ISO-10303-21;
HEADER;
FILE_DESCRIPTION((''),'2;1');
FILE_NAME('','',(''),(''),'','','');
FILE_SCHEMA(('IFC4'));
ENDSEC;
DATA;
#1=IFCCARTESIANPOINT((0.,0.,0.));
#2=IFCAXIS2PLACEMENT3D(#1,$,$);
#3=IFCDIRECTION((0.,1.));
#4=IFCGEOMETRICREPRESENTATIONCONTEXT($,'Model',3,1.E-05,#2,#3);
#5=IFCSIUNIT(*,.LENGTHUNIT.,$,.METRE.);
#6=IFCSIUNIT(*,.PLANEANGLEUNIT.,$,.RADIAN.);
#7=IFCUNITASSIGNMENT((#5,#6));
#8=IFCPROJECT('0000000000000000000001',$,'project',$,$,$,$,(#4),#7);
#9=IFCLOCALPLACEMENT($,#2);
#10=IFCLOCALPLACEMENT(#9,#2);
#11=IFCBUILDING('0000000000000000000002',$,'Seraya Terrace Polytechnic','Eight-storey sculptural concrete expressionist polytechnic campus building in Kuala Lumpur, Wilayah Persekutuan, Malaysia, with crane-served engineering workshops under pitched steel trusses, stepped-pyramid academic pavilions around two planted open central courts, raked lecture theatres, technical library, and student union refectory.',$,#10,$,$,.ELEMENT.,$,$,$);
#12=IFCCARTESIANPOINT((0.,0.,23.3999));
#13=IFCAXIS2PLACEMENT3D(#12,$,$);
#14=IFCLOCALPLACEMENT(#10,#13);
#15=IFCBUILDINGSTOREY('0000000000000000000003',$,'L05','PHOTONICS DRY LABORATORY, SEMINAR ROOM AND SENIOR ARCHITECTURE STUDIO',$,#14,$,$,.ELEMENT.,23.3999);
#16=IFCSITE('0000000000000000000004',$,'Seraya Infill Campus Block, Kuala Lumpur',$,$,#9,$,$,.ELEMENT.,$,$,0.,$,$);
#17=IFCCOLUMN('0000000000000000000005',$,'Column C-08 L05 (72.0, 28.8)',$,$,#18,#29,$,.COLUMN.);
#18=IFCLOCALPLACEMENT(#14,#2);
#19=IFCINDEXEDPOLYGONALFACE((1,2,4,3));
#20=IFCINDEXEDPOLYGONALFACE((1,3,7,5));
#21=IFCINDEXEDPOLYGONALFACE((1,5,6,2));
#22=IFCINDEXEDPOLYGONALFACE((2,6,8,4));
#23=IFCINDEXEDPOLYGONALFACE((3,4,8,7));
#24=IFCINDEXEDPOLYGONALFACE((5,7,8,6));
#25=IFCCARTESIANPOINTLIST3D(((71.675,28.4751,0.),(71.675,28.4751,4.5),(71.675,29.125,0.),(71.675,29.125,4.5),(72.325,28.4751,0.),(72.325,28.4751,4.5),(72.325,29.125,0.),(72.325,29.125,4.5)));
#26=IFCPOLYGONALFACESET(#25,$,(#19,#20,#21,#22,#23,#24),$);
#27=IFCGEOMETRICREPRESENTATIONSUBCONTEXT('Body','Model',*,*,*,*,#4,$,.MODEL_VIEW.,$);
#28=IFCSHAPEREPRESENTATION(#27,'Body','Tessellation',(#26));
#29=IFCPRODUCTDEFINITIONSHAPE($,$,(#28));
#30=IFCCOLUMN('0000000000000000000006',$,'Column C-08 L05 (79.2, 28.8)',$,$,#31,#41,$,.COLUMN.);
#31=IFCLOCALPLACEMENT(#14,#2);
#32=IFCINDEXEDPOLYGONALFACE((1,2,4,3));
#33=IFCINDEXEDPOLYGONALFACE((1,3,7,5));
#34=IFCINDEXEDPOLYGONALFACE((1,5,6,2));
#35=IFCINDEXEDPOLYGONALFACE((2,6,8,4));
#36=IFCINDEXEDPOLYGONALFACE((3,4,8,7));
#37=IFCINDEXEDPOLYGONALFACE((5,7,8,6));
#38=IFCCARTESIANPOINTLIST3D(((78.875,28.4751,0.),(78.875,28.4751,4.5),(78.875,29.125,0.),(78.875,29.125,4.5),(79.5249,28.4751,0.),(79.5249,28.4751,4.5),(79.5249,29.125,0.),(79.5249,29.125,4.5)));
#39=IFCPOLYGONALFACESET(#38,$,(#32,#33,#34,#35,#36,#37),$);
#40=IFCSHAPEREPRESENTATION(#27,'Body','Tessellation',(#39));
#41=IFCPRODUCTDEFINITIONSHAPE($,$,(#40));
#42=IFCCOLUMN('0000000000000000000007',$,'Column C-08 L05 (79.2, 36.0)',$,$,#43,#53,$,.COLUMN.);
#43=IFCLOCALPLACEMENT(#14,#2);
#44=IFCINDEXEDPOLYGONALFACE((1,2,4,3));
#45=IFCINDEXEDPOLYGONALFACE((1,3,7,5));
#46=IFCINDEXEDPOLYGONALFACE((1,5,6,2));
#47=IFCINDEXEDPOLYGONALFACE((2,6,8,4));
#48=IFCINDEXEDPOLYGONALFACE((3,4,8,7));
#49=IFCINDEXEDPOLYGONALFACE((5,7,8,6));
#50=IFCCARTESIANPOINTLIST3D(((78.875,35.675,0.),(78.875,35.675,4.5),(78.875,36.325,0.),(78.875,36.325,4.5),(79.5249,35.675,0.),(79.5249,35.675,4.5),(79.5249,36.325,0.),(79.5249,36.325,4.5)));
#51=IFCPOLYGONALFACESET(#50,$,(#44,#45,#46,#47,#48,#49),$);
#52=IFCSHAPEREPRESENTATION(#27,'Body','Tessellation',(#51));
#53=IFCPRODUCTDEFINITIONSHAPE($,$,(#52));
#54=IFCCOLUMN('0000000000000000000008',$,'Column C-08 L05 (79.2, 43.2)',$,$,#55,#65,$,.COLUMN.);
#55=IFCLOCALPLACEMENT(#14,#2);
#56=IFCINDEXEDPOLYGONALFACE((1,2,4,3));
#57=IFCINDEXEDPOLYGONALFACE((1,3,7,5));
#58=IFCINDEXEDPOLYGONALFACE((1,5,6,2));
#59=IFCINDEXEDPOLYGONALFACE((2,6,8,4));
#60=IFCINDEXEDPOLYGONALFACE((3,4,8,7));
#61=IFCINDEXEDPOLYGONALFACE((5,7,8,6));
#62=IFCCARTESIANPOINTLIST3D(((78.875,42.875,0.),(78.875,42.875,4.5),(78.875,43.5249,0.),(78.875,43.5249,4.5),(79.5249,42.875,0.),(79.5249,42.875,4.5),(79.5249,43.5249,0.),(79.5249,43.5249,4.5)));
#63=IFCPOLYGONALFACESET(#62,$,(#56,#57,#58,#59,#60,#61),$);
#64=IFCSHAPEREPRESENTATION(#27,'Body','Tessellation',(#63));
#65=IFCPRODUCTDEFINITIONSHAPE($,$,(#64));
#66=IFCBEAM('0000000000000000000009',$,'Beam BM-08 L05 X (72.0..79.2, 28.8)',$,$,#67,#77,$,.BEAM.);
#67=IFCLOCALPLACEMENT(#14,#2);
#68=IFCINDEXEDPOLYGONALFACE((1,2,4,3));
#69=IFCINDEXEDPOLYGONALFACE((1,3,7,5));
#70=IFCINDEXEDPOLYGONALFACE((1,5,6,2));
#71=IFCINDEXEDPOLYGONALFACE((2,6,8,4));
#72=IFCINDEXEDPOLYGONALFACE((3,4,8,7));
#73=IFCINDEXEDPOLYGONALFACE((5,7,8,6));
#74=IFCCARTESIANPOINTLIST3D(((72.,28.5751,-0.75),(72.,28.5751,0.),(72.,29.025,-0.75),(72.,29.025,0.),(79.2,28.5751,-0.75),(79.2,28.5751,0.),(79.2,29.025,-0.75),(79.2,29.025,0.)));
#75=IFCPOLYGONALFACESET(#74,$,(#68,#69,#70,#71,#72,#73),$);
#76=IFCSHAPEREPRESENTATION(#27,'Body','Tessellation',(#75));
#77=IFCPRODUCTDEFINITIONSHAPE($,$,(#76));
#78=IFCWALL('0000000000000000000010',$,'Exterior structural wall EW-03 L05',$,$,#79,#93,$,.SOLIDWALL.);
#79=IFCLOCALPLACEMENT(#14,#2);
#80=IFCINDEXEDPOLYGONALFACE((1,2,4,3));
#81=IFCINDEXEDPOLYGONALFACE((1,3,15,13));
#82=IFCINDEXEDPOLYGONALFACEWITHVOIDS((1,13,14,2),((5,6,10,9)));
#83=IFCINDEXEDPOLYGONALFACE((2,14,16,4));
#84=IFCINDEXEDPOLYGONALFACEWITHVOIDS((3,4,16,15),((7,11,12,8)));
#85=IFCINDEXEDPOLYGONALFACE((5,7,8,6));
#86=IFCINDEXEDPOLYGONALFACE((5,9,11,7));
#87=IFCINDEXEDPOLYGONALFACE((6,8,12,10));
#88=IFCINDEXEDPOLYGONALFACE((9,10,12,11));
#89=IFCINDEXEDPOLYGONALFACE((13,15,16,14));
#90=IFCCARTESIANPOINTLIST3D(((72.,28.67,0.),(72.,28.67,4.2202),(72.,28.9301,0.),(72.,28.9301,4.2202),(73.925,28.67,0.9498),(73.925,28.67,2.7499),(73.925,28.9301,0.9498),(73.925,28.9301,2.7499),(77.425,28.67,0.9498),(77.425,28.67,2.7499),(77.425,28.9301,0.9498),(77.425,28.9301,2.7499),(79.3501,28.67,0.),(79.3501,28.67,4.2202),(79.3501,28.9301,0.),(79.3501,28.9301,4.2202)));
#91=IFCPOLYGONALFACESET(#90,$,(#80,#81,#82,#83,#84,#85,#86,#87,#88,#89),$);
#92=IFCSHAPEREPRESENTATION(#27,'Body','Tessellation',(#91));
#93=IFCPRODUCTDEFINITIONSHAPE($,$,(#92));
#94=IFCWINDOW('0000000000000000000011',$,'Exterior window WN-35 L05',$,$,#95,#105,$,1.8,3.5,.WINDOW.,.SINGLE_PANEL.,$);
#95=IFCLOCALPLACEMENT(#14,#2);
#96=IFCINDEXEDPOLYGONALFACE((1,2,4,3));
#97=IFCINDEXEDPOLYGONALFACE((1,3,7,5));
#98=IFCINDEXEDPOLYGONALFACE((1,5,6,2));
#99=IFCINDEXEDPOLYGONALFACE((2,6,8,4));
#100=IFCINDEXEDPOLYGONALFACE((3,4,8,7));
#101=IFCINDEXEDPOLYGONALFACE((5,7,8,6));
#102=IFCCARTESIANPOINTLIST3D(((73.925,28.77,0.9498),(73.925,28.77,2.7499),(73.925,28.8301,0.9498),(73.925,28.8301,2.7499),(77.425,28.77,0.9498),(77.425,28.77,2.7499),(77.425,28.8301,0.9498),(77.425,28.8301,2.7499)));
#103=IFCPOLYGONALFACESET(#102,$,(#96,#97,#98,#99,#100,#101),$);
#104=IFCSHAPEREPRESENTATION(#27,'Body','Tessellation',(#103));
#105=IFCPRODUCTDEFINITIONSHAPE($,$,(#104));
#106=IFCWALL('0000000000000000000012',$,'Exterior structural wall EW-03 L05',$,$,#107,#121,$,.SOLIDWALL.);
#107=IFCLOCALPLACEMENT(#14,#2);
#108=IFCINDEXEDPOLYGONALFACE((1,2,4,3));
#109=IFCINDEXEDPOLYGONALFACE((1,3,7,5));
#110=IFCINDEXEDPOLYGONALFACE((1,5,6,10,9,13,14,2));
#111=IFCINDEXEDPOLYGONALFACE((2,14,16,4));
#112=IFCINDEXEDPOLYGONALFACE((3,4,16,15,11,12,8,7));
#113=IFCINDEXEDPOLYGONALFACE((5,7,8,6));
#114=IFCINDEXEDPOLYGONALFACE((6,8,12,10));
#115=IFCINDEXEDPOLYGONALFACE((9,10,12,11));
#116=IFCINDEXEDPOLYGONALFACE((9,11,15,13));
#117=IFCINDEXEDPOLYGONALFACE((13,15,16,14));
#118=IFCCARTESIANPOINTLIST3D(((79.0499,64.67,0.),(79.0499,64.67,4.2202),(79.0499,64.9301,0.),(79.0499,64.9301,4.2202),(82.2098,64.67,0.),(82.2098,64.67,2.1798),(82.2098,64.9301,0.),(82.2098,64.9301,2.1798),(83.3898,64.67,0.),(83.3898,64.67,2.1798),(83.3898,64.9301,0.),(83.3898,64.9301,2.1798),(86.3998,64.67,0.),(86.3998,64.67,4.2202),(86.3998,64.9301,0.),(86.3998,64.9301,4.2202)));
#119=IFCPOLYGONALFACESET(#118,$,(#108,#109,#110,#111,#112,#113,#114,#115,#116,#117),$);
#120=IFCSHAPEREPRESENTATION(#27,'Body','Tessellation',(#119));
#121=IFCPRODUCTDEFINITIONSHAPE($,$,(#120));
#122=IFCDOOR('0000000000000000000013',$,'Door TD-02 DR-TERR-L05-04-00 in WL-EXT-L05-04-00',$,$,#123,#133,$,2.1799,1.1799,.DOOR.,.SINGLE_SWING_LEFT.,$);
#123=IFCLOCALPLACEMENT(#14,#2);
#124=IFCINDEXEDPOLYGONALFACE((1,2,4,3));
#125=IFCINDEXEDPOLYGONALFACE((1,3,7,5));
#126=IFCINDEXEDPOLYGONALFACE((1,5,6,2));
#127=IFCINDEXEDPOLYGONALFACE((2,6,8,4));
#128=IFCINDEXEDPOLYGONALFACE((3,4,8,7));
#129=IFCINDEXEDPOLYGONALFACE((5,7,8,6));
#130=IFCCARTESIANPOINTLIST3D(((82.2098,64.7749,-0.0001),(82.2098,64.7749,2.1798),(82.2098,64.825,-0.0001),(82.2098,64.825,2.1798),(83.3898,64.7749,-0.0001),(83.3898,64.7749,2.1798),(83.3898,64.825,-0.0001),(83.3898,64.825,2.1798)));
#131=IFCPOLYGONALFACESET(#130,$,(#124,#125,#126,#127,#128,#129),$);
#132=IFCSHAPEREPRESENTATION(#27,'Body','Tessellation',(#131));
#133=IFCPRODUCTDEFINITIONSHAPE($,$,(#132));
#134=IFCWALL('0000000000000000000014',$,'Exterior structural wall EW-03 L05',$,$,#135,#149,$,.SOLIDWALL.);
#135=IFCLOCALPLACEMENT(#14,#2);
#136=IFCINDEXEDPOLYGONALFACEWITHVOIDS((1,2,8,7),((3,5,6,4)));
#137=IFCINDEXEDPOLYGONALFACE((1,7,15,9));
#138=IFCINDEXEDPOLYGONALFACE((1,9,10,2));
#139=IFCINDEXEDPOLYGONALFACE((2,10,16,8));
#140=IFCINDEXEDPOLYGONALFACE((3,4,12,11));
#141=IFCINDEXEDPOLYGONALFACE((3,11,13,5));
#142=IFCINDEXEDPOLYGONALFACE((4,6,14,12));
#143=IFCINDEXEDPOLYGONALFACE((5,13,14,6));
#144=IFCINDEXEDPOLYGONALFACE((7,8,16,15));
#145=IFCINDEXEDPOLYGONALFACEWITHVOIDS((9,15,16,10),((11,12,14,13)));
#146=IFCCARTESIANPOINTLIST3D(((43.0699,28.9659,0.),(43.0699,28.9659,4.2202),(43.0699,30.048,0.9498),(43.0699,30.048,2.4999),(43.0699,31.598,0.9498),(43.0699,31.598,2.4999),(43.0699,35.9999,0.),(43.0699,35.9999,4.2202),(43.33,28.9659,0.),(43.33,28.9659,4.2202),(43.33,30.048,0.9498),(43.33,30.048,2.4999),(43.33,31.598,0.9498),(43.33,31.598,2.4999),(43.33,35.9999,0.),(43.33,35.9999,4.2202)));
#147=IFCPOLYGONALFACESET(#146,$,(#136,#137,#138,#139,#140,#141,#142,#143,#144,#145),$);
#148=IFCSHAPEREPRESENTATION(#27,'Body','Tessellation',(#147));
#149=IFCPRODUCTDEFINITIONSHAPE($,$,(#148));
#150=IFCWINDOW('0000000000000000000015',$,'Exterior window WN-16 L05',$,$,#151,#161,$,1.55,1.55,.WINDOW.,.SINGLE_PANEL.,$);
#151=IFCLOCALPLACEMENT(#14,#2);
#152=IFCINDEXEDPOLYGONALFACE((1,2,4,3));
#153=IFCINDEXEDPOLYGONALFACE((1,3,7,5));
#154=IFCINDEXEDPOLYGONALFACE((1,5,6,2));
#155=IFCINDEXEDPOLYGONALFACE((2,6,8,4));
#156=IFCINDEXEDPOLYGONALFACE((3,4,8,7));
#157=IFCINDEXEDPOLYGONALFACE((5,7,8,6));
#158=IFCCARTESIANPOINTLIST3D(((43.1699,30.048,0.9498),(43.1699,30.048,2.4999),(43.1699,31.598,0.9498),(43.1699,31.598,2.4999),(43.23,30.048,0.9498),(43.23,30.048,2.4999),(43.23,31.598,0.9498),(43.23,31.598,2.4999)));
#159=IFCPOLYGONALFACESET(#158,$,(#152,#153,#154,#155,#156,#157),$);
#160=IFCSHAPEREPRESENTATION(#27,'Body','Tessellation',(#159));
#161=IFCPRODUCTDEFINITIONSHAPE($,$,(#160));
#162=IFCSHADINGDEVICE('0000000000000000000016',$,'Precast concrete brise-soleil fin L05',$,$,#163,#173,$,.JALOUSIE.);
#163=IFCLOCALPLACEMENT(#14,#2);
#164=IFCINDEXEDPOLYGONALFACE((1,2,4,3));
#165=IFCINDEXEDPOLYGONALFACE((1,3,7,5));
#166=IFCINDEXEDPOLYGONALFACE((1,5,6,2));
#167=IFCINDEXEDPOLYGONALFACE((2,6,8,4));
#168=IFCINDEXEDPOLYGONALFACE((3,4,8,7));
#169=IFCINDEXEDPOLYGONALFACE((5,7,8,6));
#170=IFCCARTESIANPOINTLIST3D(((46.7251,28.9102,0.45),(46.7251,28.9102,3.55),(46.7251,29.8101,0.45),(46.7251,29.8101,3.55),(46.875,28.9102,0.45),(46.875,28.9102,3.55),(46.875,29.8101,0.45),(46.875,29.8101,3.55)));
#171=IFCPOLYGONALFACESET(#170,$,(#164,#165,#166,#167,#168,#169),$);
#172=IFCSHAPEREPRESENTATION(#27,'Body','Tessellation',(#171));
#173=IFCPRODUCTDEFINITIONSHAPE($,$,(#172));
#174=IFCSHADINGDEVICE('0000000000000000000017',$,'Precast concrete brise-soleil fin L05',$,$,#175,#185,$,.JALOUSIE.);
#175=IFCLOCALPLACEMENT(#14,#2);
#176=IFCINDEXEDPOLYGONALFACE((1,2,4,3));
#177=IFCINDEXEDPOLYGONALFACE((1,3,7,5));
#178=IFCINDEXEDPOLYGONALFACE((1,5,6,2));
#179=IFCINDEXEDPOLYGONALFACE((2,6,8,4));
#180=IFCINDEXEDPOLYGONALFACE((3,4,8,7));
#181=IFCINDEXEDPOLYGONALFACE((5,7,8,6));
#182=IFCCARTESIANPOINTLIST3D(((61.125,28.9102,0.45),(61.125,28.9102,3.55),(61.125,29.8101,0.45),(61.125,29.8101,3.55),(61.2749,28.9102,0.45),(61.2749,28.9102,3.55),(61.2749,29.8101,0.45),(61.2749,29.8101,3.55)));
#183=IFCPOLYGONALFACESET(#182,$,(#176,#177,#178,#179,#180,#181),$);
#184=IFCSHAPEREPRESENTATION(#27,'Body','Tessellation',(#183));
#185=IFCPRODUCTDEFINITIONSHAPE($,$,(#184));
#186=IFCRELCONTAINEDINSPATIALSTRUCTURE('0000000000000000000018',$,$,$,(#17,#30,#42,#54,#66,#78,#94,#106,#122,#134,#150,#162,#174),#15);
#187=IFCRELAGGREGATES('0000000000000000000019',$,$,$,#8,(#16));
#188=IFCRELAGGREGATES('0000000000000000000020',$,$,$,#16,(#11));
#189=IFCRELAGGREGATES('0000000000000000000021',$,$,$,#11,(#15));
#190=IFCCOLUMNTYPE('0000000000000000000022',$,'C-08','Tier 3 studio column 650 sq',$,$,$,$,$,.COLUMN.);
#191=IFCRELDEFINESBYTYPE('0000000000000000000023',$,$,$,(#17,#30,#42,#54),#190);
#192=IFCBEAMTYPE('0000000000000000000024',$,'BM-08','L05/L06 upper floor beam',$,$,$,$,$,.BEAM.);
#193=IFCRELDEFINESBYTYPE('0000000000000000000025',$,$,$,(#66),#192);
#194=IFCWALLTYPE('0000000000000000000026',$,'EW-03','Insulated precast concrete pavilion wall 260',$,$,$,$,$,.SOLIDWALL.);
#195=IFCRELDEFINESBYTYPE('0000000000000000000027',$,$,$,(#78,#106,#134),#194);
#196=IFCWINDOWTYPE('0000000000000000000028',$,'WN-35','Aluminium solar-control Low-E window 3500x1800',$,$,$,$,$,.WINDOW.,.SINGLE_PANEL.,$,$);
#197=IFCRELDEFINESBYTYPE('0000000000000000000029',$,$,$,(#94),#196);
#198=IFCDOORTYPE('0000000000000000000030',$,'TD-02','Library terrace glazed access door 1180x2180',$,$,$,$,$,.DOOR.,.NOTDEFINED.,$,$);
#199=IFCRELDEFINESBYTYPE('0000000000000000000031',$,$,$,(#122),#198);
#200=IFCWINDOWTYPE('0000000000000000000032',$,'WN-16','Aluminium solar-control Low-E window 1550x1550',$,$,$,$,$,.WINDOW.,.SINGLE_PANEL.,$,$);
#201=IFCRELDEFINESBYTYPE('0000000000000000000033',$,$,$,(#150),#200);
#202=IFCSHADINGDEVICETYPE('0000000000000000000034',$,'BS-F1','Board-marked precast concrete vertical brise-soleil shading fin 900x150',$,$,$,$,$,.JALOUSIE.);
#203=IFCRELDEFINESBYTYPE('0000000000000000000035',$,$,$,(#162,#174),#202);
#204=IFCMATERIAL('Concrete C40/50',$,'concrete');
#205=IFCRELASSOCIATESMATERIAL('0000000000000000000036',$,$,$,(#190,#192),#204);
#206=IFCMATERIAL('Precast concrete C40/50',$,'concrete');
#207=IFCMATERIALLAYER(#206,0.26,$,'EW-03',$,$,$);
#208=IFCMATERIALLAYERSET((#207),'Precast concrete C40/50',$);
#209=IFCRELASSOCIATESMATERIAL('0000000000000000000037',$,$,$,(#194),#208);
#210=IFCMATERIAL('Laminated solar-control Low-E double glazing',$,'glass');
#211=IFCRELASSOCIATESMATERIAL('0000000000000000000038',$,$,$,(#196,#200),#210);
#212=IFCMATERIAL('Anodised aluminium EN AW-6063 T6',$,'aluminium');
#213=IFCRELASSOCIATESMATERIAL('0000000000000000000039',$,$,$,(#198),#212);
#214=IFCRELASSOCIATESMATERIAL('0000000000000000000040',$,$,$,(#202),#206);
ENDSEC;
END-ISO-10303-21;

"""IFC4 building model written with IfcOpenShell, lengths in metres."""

from ifc_helpers import new_model, si_unit, direction, frame, frame_2d, origin, origin_2d, place, context, subcontext, project, spatial, rectangle, extrude, material, layer, layer_set, material_profile, profile_set, type_object, element, fill, save


model = new_model("IFC4")

# Units and contexts
model_context = context("Model", 3, precision=1e-05, world=origin(), true_north=direction((0.0, 1.0)))
body_context = subcontext(model_context, "Body", "Model", "MODEL_VIEW")
ifc_project = project(units=[si_unit("LENGTHUNIT", "METRE"), si_unit("PLANEANGLEUNIT", "RADIAN")], contexts=[model_context])

# Site, building, storey
site_placement = place(None, origin())
site = spatial("IfcSite", under=ifc_project, at=site_placement, Name="Seraya Infill Campus Block, Kuala Lumpur", CompositionType="ELEMENT", RefElevation=0.0)
building_placement = place(site_placement, origin())
building = spatial("IfcBuilding", under=site, at=building_placement, Name="Seraya Terrace Polytechnic", Description="Eight-storey sculptural concrete expressionist polytechnic campus building in Kuala Lumpur, Wilayah Persekutuan, Malaysia, with crane-served engineering workshops under pitched steel trusses, stepped-pyramid academic pavilions around two planted open central courts, raked lecture theatres, technical library, and student union refectory.", CompositionType="ELEMENT")
storey_placement = place(building_placement, frame((0.0, 0.0, 23.3999)))
storey = spatial("IfcBuildingStorey", under=building, at=storey_placement, Name="L05", Description="PHOTONICS DRY LABORATORY, SEMINAR ROOM AND SENIOR ARCHITECTURE STUDIO", CompositionType="ELEMENT", Elevation=23.3999)

# Columns
ifc_material_1 = material(Name="Concrete C40/50", Category="concrete")
ifc_material_profile_1 = material_profile(ifc_material_1, rectangle(XDim=0.6499, YDim=0.6499, at=origin_2d()), Name="RC 650x650")
ifc_profile_set_1 = profile_set([ifc_material_profile_1], Name="Concrete C40/50")
column_type = type_object("IfcColumnType", Name="C-08", Description="Tier 3 studio column 650 sq", PredefinedType="COLUMN", material=ifc_profile_set_1)
for number, where, z_axis, x_axis, name in (
    (1, (72.0, 28.8, 0.0), (0.0, 0.0, 1.0), (1.0, 0.0, 0.0), "Column C-08 L05 (72.0, 28.8)"),
    (2, (79.2, 28.8, 0.0), (0.0, 0.0, 1.0), (1.0, 0.0, 0.0), "Column C-08 L05 (79.2, 28.8)"),
    (3, (79.2, 36.0, 0.0), (0.0, 0.0, 1.0), (1.0, 0.0, 0.0), "Column C-08 L05 (79.2, 36.0)"),
    (4, (79.2, 43.2, 0.0), (0.0, 0.0, 1.0), (1.0, 0.0, 0.0), "Column C-08 L05 (79.2, 43.2)"),
):
    element("IfcColumn", number, at=place(storey_placement, frame(where, z_axis=z_axis, x_axis=x_axis)), inside=storey, type_object=column_type, Name=name, PredefinedType="COLUMN", context=body_context, shape_type="SweptSolid", body=[
        extrude(rectangle(XDim=0.6499, YDim=0.6499, at=origin_2d()), origin(), (0.0, 0.0, 1.0), 4.5),
    ])

# Beam
ifc_material_profile_2 = material_profile(ifc_material_1, rectangle(XDim=0.45, YDim=0.75, at=origin_2d()), Name="RC 450x750")
ifc_profile_set_2 = profile_set([ifc_material_profile_2], Name="Concrete C40/50")
beam_type = type_object("IfcBeamType", Name="BM-08", Description="L05/L06 upper floor beam", PredefinedType="BEAM", material=ifc_profile_set_2)
beam_placement = place(storey_placement, frame((72.0, 28.8, -0.375), z_axis=(1.0, 0.0, 0.0), x_axis=(0.0, 1.0, 0.0)))
element("IfcBeam", 5, at=beam_placement, inside=storey, type_object=beam_type, Name="Beam BM-08 L05 X (72.0..79.2, 28.8)", PredefinedType="BEAM", context=body_context, shape_type="SweptSolid", body=[
    extrude(rectangle(XDim=0.45, YDim=0.75, at=origin_2d()), origin(), (0.0, 0.0, 1.0), 7.2),
])

# Wall, opening, window
ifc_material_2 = material(Name="Precast concrete C40/50", Category="concrete")
ifc_layer = layer(ifc_material_2, 0.26, Name="EW-03")
ifc_layer_set = layer_set([ifc_layer], Name="Precast concrete C40/50")
wall_type = type_object("IfcWallType", Name="EW-03", Description="Insulated precast concrete pavilion wall 260", PredefinedType="SOLIDWALL", material=ifc_layer_set)
wall_1_placement = place(storey_placement, frame((72.0, 28.8, 0.0), z_axis=(0.0, 0.0, 1.0), x_axis=(1.0, 0.0, 0.0)))
wall_1 = element("IfcWall", 6, at=wall_1_placement, inside=storey, type_object=wall_type, Name="Exterior structural wall EW-03 L05", PredefinedType="SOLIDWALL", context=body_context, shape_type="SweptSolid", body=[
    extrude(rectangle(XDim=7.3501, YDim=0.26, at=frame_2d((3.675, 0.0))), origin(), (0.0, 0.0, 1.0), 4.2202),
])
opening_1_placement = place(wall_1_placement, frame((1.925, 0.0, 0.95)))
opening_1 = element("IfcOpeningElement", 7, at=opening_1_placement, cuts=wall_1, PredefinedType="OPENING", context=body_context, shape_type="SweptSolid", body=[
    extrude(rectangle(XDim=3.5, YDim=1.8, at=frame_2d((1.75, 0.8999))), frame((0.0, 0.1421, 0.0), z_axis=(0.0, -1.0, 0.0), x_axis=(1.0, 0.0, 0.0)), (0.0, 0.0, 1.0), 0.2839),
])
ifc_material_3 = material(Name="Laminated solar-control Low-E double glazing", Category="glass")
window_type_1 = type_object("IfcWindowType", Name="WN-35", Description="Aluminium solar-control Low-E window 3500x1800", PartitioningType="SINGLE_PANEL", PredefinedType="WINDOW", material=ifc_material_3)
window_1_placement = place(opening_1_placement, origin())
window_1 = element("IfcWindow", 8, at=window_1_placement, inside=storey, type_object=window_type_1, Name="Exterior window WN-35 L05", OverallHeight=1.8, OverallWidth=3.5, PartitioningType="SINGLE_PANEL", PredefinedType="WINDOW", context=body_context, shape_type="SweptSolid", body=[
    extrude(rectangle(XDim=3.5, YDim=1.8, at=frame_2d((1.75, 0.8999))), frame((0.0, 0.03, 0.0), z_axis=(0.0, -1.0, 0.0), x_axis=(1.0, 0.0, 0.0)), (0.0, 0.0, 1.0), 0.0601),
])
fill(opening_1, window_1)

# Wall, opening, door
wall_2_placement = place(storey_placement, frame((79.05, 64.8, 0.0), z_axis=(0.0, 0.0, 1.0), x_axis=(1.0, 0.0, 0.0)))
wall_2 = element("IfcWall", 9, at=wall_2_placement, inside=storey, type_object=wall_type, Name="Exterior structural wall EW-03 L05", PredefinedType="SOLIDWALL", context=body_context, shape_type="SweptSolid", body=[
    extrude(rectangle(XDim=7.3499, YDim=0.26, at=frame_2d((3.6748, 0.0))), origin(), (0.0, 0.0, 1.0), 4.2202),
])
opening_2_placement = place(wall_2_placement, frame((3.1599, 0.0, 0.0)))
opening_2 = element("IfcOpeningElement", 10, at=opening_2_placement, cuts=wall_2, PredefinedType="OPENING", context=body_context, shape_type="SweptSolid", body=[
    extrude(rectangle(XDim=1.1799, YDim=2.1799, at=frame_2d((0.5898, 1.0898))), frame((0.0, 0.1421, 0.0), z_axis=(0.0, -1.0, 0.0), x_axis=(1.0, 0.0, 0.0)), (0.0, 0.0, 1.0), 0.2839),
])
ifc_material_4 = material(Name="Anodised aluminium EN AW-6063 T6", Category="aluminium")
door_type = type_object("IfcDoorType", Name="TD-02", Description="Library terrace glazed access door 1180x2180", OperationType="NOTDEFINED", PredefinedType="DOOR", material=ifc_material_4)
door_placement = place(opening_2_placement, origin())
door = element("IfcDoor", 11, at=door_placement, inside=storey, type_object=door_type, Name="Door TD-02 DR-TERR-L05-04-00 in WL-EXT-L05-04-00", OperationType="SINGLE_SWING_LEFT", OverallHeight=2.1799, OverallWidth=1.1799, PredefinedType="DOOR", context=body_context, shape_type="SweptSolid", body=[
    extrude(rectangle(XDim=1.1799, YDim=2.1799, at=frame_2d((0.5898, 1.0898))), frame((0.0, 0.0249, 0.0), z_axis=(0.0, -1.0, 0.0), x_axis=(1.0, 0.0, 0.0)), (0.0, 0.0, 1.0), 0.05),
])
fill(opening_2, door)

# Wall, opening, window
wall_3_placement = place(storey_placement, frame((43.2, 36.0, 0.0), z_axis=(0.0, 0.0, 1.0), x_axis=(0.0, -1.0, 0.0)))
wall_3 = element("IfcWall", 12, at=wall_3_placement, inside=storey, type_object=wall_type, Name="Exterior structural wall EW-03 L05", PredefinedType="SOLIDWALL", context=body_context, shape_type="SweptSolid", body=[
    extrude(rectangle(XDim=7.0339, YDim=0.26, at=frame_2d((3.5171, 0.0))), origin(), (0.0, 0.0, 1.0), 4.2202),
])
opening_3_placement = place(wall_3_placement, frame((4.4021, 0.0, 0.95)))
opening_3 = element("IfcOpeningElement", 13, at=opening_3_placement, cuts=wall_3, PredefinedType="OPENING", context=body_context, shape_type="SweptSolid", body=[
    extrude(rectangle(XDim=1.55, YDim=1.55, at=frame_2d((0.7749, 0.7749))), frame((0.0, 0.1421, 0.0), z_axis=(0.0, -1.0, 0.0), x_axis=(1.0, 0.0, 0.0)), (0.0, 0.0, 1.0), 0.2839),
])
window_type_2 = type_object("IfcWindowType", Name="WN-16", Description="Aluminium solar-control Low-E window 1550x1550", PartitioningType="SINGLE_PANEL", PredefinedType="WINDOW", material=ifc_material_3)
window_2_placement = place(opening_3_placement, origin())
window_2 = element("IfcWindow", 14, at=window_2_placement, inside=storey, type_object=window_type_2, Name="Exterior window WN-16 L05", OverallHeight=1.55, OverallWidth=1.55, PartitioningType="SINGLE_PANEL", PredefinedType="WINDOW", context=body_context, shape_type="SweptSolid", body=[
    extrude(rectangle(XDim=1.55, YDim=1.55, at=frame_2d((0.7749, 0.7749))), frame((0.0, 0.03, 0.0), z_axis=(0.0, -1.0, 0.0), x_axis=(1.0, 0.0, 0.0)), (0.0, 0.0, 1.0), 0.0601),
])
fill(opening_3, window_2)

# Shading devices
shading_device_type = type_object("IfcShadingDeviceType", Name="BS-F1", Description="Board-marked precast concrete vertical brise-soleil shading fin 900x150", PredefinedType="JALOUSIE", material=ifc_material_2)
for number, where, z_axis, x_axis, name in (
    (15, (46.8, 29.3601, 0.45), (0.0, 0.0, 1.0), (0.0, 1.0, 0.0), "Precast concrete brise-soleil fin L05"),
    (16, (61.2, 29.3601, 0.45), (0.0, 0.0, 1.0), (0.0, 1.0, 0.0), "Precast concrete brise-soleil fin L05"),
):
    element("IfcShadingDevice", number, at=place(storey_placement, frame(where, z_axis=z_axis, x_axis=x_axis)), inside=storey, type_object=shading_device_type, Name=name, PredefinedType="JALOUSIE", context=body_context, shape_type="SweptSolid", body=[
        extrude(rectangle(XDim=0.8999, YDim=0.1499, at=origin_2d()), origin(), (0.0, 0.0, 1.0), 3.1001),
    ])

save(model, "model.ifc")
